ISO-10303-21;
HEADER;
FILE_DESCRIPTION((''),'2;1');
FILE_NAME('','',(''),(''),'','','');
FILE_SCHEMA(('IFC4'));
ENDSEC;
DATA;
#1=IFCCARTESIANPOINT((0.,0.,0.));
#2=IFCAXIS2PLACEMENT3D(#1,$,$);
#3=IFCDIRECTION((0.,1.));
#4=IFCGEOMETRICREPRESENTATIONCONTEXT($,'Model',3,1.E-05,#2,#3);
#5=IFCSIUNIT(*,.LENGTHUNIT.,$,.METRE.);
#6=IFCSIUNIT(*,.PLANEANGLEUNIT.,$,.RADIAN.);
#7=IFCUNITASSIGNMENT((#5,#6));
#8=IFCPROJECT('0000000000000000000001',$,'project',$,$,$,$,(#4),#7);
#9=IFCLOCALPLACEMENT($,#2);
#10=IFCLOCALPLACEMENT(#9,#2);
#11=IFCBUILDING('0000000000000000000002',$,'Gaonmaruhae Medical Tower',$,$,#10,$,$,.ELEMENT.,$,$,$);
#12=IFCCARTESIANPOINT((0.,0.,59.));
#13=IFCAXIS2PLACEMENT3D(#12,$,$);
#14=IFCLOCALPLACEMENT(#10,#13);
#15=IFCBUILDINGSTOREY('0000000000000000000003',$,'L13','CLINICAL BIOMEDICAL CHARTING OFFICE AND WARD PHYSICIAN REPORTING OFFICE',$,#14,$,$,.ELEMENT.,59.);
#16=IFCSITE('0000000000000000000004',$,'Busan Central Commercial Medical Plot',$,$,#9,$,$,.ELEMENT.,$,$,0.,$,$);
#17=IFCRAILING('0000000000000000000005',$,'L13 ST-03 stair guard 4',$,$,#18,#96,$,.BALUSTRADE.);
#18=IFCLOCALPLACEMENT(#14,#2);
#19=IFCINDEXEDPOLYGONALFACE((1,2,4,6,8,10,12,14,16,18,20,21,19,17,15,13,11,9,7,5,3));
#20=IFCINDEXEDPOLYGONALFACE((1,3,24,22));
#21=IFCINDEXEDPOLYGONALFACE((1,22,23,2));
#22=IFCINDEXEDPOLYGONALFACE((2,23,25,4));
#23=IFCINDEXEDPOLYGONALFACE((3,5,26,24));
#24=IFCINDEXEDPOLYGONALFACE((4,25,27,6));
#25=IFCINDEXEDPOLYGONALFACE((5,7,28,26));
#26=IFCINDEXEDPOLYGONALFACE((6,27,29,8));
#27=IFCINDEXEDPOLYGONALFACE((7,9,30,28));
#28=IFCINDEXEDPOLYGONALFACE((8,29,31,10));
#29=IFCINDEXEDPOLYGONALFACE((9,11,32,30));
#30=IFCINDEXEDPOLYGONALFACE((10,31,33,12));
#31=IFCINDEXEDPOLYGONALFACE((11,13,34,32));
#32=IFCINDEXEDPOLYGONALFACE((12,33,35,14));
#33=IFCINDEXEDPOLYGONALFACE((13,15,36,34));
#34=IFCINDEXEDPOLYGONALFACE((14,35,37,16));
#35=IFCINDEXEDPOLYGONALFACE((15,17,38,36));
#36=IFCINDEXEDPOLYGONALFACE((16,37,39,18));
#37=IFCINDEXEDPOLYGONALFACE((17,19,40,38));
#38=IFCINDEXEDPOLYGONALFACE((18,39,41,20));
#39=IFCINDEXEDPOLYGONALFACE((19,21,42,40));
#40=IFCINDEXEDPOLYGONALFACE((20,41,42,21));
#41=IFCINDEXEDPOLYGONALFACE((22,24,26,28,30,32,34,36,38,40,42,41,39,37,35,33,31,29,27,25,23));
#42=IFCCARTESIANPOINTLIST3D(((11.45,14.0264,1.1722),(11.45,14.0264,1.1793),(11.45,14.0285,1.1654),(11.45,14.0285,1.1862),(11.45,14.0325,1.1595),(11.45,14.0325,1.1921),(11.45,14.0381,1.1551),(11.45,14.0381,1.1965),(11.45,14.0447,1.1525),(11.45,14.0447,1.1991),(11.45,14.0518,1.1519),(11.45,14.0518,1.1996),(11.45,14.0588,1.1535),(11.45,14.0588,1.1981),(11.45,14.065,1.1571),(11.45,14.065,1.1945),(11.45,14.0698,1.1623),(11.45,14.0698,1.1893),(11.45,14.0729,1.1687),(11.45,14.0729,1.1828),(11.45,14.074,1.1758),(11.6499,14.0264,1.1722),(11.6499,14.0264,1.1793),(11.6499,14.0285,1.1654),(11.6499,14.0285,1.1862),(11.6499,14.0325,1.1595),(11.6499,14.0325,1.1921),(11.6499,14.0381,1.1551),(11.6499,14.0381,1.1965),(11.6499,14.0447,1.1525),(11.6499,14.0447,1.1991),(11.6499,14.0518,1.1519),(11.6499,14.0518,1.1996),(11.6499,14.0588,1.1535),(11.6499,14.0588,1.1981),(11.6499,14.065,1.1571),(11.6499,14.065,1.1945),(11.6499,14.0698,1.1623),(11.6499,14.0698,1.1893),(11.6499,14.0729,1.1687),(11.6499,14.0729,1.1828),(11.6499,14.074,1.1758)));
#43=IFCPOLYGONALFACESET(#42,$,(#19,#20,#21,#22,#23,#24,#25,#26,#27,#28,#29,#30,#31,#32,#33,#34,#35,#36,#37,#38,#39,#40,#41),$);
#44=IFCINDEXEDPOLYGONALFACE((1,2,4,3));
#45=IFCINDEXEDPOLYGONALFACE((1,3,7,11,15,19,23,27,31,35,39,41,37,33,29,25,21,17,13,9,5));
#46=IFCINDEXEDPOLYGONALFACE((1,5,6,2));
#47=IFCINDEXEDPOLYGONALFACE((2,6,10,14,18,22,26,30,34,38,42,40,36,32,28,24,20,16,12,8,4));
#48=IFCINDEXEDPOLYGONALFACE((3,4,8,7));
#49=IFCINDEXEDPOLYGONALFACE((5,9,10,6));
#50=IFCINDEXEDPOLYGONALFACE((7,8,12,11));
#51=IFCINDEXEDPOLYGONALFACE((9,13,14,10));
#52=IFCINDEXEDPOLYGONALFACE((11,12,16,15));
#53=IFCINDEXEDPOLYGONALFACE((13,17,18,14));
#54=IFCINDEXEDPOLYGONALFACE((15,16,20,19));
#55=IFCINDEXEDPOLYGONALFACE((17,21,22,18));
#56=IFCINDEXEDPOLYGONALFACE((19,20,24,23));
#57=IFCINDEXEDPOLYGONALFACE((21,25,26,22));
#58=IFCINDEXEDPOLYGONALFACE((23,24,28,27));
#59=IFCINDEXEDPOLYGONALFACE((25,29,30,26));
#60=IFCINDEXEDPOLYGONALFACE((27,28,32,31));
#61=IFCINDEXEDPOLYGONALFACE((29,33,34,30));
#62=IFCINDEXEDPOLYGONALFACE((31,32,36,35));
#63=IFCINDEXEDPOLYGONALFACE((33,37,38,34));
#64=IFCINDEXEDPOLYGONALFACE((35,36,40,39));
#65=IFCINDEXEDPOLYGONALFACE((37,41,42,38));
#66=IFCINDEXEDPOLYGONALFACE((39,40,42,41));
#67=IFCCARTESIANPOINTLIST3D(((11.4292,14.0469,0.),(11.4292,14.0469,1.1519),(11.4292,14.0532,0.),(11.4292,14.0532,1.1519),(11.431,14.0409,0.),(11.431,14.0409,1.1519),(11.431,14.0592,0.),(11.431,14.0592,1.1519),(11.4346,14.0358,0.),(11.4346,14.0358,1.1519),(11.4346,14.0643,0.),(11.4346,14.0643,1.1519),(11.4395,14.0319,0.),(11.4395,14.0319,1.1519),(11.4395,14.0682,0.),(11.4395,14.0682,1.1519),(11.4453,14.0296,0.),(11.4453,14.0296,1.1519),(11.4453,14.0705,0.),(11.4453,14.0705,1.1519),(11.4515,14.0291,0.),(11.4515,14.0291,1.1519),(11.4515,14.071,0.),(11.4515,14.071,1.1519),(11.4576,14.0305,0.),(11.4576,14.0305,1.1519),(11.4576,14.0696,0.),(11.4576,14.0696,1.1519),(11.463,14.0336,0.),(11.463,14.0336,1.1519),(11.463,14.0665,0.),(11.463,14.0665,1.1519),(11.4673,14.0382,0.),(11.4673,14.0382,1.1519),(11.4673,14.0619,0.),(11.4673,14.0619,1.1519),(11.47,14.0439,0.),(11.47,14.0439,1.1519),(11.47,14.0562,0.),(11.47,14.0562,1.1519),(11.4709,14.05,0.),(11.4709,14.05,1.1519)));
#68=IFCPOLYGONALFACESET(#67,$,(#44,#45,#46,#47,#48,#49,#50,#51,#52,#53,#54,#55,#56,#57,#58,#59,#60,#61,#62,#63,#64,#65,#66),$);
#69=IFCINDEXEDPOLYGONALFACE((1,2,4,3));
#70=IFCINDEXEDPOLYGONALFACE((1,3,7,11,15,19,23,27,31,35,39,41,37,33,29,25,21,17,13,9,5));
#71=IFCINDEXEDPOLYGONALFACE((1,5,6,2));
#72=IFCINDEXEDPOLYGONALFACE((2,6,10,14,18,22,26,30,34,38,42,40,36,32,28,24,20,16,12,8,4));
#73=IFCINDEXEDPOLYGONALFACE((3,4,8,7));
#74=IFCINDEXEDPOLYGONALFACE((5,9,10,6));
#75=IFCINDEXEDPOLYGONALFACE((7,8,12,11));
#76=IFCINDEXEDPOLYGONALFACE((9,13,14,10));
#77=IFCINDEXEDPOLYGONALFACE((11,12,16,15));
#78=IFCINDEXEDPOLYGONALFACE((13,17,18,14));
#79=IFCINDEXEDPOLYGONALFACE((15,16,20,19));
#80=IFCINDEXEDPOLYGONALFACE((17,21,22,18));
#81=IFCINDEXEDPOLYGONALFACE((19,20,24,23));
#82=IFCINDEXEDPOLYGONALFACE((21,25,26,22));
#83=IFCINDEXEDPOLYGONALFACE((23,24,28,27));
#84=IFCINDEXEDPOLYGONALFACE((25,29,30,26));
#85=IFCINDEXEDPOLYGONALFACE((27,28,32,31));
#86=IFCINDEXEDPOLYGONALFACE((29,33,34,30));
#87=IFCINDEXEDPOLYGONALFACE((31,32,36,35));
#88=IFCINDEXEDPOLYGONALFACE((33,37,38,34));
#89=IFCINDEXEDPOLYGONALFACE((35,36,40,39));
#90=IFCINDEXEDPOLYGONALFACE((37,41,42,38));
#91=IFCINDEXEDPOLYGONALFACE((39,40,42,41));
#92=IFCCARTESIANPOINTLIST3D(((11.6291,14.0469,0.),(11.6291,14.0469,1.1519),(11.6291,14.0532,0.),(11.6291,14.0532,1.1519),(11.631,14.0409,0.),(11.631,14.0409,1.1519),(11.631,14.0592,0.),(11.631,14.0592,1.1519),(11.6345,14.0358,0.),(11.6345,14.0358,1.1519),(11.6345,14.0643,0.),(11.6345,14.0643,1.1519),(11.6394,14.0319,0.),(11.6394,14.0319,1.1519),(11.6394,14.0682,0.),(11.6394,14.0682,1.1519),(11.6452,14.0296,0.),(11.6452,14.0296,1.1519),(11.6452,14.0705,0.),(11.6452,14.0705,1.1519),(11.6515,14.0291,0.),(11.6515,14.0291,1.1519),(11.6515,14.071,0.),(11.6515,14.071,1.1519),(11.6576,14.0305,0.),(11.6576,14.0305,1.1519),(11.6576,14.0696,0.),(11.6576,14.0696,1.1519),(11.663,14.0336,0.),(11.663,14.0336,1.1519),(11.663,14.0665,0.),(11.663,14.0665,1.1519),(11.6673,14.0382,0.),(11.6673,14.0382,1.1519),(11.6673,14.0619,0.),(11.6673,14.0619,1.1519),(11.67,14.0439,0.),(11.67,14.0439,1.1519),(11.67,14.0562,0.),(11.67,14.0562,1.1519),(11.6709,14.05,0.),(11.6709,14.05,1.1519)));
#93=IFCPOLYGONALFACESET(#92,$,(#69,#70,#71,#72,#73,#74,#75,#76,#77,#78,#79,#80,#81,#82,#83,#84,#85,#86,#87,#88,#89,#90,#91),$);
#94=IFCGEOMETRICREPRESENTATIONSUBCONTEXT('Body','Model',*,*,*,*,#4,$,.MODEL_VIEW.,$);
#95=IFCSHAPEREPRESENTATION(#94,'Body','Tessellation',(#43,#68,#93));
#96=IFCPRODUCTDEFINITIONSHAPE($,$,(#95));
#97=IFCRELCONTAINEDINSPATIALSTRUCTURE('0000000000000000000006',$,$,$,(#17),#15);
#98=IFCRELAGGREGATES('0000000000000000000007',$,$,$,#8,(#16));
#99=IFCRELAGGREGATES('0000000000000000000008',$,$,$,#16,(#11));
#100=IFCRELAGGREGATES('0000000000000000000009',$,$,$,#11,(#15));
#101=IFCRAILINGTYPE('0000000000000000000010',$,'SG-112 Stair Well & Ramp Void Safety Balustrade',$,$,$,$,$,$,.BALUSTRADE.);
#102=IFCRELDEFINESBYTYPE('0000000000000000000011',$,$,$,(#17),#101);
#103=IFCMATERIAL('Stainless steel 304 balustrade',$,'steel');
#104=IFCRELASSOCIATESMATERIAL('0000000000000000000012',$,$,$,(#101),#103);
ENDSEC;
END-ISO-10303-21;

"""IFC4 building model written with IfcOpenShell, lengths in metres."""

from ifc_helpers import new_model, si_unit, direction, frame, origin, origin_2d, place, context, subcontext, project, spatial, circle, extrude, material, type_object, element, save


model = new_model("IFC4")

# Units and contexts
model_context = context("Model", 3, precision=1e-05, world=origin(), true_north=direction((0.0, 1.0)))
body_context = subcontext(model_context, "Body", "Model", "MODEL_VIEW")
ifc_project = project(units=[si_unit("LENGTHUNIT", "METRE"), si_unit("PLANEANGLEUNIT", "RADIAN")], contexts=[model_context])

# Site, building, storey
site_placement = place(None, origin())
site = spatial("IfcSite", under=ifc_project, at=site_placement, Name="Busan Central Commercial Medical Plot", CompositionType="ELEMENT", RefElevation=0.0)
building_placement = place(site_placement, origin())
building = spatial("IfcBuilding", under=site, at=building_placement, Name="Gaonmaruhae Medical Tower", CompositionType="ELEMENT")
storey_placement = place(building_placement, frame((0.0, 0.0, 59.0)))
storey = spatial("IfcBuildingStorey", under=building, at=storey_placement, Name="L13", Description="CLINICAL BIOMEDICAL CHARTING OFFICE AND WARD PHYSICIAN REPORTING OFFICE", CompositionType="ELEMENT", Elevation=59.0)

# Railing
ifc_material_1 = material(Name="Stainless steel 304 balustrade", Category="steel")
railing_type_1 = type_object("IfcRailingType", Name="SG-112 Stair Well & Ramp Void Safety Balustrade", PredefinedType="BALUSTRADE", material=ifc_material_1)
railing_1_placement = place(storey_placement, frame((11.45, 14.05, 0.0)))
element("IfcRailing", 1, at=railing_1_placement, inside=storey, type_object=railing_type_1, Name="L13 ST-03 stair guard 4", PredefinedType="BALUSTRADE", context=body_context, shape_type="SweptSolid", body=[
    extrude(circle(Radius=0.0239, at=origin_2d()), frame((0.0, 0.0, 1.1758), z_axis=(1.0, 0.0, 0.0), x_axis=(0.0, 1.0, 0.0)), (0.0, 0.0, 1.0), 0.2),
    extrude(circle(Radius=0.021, at=origin_2d()), origin(), (0.0, 0.0, 1.0), 1.1519),
    extrude(circle(Radius=0.021, at=origin_2d()), frame((0.2, 0.0, 0.0)), (0.0, 0.0, 1.0), 1.1519),
])

save(model, "model.ifc")
